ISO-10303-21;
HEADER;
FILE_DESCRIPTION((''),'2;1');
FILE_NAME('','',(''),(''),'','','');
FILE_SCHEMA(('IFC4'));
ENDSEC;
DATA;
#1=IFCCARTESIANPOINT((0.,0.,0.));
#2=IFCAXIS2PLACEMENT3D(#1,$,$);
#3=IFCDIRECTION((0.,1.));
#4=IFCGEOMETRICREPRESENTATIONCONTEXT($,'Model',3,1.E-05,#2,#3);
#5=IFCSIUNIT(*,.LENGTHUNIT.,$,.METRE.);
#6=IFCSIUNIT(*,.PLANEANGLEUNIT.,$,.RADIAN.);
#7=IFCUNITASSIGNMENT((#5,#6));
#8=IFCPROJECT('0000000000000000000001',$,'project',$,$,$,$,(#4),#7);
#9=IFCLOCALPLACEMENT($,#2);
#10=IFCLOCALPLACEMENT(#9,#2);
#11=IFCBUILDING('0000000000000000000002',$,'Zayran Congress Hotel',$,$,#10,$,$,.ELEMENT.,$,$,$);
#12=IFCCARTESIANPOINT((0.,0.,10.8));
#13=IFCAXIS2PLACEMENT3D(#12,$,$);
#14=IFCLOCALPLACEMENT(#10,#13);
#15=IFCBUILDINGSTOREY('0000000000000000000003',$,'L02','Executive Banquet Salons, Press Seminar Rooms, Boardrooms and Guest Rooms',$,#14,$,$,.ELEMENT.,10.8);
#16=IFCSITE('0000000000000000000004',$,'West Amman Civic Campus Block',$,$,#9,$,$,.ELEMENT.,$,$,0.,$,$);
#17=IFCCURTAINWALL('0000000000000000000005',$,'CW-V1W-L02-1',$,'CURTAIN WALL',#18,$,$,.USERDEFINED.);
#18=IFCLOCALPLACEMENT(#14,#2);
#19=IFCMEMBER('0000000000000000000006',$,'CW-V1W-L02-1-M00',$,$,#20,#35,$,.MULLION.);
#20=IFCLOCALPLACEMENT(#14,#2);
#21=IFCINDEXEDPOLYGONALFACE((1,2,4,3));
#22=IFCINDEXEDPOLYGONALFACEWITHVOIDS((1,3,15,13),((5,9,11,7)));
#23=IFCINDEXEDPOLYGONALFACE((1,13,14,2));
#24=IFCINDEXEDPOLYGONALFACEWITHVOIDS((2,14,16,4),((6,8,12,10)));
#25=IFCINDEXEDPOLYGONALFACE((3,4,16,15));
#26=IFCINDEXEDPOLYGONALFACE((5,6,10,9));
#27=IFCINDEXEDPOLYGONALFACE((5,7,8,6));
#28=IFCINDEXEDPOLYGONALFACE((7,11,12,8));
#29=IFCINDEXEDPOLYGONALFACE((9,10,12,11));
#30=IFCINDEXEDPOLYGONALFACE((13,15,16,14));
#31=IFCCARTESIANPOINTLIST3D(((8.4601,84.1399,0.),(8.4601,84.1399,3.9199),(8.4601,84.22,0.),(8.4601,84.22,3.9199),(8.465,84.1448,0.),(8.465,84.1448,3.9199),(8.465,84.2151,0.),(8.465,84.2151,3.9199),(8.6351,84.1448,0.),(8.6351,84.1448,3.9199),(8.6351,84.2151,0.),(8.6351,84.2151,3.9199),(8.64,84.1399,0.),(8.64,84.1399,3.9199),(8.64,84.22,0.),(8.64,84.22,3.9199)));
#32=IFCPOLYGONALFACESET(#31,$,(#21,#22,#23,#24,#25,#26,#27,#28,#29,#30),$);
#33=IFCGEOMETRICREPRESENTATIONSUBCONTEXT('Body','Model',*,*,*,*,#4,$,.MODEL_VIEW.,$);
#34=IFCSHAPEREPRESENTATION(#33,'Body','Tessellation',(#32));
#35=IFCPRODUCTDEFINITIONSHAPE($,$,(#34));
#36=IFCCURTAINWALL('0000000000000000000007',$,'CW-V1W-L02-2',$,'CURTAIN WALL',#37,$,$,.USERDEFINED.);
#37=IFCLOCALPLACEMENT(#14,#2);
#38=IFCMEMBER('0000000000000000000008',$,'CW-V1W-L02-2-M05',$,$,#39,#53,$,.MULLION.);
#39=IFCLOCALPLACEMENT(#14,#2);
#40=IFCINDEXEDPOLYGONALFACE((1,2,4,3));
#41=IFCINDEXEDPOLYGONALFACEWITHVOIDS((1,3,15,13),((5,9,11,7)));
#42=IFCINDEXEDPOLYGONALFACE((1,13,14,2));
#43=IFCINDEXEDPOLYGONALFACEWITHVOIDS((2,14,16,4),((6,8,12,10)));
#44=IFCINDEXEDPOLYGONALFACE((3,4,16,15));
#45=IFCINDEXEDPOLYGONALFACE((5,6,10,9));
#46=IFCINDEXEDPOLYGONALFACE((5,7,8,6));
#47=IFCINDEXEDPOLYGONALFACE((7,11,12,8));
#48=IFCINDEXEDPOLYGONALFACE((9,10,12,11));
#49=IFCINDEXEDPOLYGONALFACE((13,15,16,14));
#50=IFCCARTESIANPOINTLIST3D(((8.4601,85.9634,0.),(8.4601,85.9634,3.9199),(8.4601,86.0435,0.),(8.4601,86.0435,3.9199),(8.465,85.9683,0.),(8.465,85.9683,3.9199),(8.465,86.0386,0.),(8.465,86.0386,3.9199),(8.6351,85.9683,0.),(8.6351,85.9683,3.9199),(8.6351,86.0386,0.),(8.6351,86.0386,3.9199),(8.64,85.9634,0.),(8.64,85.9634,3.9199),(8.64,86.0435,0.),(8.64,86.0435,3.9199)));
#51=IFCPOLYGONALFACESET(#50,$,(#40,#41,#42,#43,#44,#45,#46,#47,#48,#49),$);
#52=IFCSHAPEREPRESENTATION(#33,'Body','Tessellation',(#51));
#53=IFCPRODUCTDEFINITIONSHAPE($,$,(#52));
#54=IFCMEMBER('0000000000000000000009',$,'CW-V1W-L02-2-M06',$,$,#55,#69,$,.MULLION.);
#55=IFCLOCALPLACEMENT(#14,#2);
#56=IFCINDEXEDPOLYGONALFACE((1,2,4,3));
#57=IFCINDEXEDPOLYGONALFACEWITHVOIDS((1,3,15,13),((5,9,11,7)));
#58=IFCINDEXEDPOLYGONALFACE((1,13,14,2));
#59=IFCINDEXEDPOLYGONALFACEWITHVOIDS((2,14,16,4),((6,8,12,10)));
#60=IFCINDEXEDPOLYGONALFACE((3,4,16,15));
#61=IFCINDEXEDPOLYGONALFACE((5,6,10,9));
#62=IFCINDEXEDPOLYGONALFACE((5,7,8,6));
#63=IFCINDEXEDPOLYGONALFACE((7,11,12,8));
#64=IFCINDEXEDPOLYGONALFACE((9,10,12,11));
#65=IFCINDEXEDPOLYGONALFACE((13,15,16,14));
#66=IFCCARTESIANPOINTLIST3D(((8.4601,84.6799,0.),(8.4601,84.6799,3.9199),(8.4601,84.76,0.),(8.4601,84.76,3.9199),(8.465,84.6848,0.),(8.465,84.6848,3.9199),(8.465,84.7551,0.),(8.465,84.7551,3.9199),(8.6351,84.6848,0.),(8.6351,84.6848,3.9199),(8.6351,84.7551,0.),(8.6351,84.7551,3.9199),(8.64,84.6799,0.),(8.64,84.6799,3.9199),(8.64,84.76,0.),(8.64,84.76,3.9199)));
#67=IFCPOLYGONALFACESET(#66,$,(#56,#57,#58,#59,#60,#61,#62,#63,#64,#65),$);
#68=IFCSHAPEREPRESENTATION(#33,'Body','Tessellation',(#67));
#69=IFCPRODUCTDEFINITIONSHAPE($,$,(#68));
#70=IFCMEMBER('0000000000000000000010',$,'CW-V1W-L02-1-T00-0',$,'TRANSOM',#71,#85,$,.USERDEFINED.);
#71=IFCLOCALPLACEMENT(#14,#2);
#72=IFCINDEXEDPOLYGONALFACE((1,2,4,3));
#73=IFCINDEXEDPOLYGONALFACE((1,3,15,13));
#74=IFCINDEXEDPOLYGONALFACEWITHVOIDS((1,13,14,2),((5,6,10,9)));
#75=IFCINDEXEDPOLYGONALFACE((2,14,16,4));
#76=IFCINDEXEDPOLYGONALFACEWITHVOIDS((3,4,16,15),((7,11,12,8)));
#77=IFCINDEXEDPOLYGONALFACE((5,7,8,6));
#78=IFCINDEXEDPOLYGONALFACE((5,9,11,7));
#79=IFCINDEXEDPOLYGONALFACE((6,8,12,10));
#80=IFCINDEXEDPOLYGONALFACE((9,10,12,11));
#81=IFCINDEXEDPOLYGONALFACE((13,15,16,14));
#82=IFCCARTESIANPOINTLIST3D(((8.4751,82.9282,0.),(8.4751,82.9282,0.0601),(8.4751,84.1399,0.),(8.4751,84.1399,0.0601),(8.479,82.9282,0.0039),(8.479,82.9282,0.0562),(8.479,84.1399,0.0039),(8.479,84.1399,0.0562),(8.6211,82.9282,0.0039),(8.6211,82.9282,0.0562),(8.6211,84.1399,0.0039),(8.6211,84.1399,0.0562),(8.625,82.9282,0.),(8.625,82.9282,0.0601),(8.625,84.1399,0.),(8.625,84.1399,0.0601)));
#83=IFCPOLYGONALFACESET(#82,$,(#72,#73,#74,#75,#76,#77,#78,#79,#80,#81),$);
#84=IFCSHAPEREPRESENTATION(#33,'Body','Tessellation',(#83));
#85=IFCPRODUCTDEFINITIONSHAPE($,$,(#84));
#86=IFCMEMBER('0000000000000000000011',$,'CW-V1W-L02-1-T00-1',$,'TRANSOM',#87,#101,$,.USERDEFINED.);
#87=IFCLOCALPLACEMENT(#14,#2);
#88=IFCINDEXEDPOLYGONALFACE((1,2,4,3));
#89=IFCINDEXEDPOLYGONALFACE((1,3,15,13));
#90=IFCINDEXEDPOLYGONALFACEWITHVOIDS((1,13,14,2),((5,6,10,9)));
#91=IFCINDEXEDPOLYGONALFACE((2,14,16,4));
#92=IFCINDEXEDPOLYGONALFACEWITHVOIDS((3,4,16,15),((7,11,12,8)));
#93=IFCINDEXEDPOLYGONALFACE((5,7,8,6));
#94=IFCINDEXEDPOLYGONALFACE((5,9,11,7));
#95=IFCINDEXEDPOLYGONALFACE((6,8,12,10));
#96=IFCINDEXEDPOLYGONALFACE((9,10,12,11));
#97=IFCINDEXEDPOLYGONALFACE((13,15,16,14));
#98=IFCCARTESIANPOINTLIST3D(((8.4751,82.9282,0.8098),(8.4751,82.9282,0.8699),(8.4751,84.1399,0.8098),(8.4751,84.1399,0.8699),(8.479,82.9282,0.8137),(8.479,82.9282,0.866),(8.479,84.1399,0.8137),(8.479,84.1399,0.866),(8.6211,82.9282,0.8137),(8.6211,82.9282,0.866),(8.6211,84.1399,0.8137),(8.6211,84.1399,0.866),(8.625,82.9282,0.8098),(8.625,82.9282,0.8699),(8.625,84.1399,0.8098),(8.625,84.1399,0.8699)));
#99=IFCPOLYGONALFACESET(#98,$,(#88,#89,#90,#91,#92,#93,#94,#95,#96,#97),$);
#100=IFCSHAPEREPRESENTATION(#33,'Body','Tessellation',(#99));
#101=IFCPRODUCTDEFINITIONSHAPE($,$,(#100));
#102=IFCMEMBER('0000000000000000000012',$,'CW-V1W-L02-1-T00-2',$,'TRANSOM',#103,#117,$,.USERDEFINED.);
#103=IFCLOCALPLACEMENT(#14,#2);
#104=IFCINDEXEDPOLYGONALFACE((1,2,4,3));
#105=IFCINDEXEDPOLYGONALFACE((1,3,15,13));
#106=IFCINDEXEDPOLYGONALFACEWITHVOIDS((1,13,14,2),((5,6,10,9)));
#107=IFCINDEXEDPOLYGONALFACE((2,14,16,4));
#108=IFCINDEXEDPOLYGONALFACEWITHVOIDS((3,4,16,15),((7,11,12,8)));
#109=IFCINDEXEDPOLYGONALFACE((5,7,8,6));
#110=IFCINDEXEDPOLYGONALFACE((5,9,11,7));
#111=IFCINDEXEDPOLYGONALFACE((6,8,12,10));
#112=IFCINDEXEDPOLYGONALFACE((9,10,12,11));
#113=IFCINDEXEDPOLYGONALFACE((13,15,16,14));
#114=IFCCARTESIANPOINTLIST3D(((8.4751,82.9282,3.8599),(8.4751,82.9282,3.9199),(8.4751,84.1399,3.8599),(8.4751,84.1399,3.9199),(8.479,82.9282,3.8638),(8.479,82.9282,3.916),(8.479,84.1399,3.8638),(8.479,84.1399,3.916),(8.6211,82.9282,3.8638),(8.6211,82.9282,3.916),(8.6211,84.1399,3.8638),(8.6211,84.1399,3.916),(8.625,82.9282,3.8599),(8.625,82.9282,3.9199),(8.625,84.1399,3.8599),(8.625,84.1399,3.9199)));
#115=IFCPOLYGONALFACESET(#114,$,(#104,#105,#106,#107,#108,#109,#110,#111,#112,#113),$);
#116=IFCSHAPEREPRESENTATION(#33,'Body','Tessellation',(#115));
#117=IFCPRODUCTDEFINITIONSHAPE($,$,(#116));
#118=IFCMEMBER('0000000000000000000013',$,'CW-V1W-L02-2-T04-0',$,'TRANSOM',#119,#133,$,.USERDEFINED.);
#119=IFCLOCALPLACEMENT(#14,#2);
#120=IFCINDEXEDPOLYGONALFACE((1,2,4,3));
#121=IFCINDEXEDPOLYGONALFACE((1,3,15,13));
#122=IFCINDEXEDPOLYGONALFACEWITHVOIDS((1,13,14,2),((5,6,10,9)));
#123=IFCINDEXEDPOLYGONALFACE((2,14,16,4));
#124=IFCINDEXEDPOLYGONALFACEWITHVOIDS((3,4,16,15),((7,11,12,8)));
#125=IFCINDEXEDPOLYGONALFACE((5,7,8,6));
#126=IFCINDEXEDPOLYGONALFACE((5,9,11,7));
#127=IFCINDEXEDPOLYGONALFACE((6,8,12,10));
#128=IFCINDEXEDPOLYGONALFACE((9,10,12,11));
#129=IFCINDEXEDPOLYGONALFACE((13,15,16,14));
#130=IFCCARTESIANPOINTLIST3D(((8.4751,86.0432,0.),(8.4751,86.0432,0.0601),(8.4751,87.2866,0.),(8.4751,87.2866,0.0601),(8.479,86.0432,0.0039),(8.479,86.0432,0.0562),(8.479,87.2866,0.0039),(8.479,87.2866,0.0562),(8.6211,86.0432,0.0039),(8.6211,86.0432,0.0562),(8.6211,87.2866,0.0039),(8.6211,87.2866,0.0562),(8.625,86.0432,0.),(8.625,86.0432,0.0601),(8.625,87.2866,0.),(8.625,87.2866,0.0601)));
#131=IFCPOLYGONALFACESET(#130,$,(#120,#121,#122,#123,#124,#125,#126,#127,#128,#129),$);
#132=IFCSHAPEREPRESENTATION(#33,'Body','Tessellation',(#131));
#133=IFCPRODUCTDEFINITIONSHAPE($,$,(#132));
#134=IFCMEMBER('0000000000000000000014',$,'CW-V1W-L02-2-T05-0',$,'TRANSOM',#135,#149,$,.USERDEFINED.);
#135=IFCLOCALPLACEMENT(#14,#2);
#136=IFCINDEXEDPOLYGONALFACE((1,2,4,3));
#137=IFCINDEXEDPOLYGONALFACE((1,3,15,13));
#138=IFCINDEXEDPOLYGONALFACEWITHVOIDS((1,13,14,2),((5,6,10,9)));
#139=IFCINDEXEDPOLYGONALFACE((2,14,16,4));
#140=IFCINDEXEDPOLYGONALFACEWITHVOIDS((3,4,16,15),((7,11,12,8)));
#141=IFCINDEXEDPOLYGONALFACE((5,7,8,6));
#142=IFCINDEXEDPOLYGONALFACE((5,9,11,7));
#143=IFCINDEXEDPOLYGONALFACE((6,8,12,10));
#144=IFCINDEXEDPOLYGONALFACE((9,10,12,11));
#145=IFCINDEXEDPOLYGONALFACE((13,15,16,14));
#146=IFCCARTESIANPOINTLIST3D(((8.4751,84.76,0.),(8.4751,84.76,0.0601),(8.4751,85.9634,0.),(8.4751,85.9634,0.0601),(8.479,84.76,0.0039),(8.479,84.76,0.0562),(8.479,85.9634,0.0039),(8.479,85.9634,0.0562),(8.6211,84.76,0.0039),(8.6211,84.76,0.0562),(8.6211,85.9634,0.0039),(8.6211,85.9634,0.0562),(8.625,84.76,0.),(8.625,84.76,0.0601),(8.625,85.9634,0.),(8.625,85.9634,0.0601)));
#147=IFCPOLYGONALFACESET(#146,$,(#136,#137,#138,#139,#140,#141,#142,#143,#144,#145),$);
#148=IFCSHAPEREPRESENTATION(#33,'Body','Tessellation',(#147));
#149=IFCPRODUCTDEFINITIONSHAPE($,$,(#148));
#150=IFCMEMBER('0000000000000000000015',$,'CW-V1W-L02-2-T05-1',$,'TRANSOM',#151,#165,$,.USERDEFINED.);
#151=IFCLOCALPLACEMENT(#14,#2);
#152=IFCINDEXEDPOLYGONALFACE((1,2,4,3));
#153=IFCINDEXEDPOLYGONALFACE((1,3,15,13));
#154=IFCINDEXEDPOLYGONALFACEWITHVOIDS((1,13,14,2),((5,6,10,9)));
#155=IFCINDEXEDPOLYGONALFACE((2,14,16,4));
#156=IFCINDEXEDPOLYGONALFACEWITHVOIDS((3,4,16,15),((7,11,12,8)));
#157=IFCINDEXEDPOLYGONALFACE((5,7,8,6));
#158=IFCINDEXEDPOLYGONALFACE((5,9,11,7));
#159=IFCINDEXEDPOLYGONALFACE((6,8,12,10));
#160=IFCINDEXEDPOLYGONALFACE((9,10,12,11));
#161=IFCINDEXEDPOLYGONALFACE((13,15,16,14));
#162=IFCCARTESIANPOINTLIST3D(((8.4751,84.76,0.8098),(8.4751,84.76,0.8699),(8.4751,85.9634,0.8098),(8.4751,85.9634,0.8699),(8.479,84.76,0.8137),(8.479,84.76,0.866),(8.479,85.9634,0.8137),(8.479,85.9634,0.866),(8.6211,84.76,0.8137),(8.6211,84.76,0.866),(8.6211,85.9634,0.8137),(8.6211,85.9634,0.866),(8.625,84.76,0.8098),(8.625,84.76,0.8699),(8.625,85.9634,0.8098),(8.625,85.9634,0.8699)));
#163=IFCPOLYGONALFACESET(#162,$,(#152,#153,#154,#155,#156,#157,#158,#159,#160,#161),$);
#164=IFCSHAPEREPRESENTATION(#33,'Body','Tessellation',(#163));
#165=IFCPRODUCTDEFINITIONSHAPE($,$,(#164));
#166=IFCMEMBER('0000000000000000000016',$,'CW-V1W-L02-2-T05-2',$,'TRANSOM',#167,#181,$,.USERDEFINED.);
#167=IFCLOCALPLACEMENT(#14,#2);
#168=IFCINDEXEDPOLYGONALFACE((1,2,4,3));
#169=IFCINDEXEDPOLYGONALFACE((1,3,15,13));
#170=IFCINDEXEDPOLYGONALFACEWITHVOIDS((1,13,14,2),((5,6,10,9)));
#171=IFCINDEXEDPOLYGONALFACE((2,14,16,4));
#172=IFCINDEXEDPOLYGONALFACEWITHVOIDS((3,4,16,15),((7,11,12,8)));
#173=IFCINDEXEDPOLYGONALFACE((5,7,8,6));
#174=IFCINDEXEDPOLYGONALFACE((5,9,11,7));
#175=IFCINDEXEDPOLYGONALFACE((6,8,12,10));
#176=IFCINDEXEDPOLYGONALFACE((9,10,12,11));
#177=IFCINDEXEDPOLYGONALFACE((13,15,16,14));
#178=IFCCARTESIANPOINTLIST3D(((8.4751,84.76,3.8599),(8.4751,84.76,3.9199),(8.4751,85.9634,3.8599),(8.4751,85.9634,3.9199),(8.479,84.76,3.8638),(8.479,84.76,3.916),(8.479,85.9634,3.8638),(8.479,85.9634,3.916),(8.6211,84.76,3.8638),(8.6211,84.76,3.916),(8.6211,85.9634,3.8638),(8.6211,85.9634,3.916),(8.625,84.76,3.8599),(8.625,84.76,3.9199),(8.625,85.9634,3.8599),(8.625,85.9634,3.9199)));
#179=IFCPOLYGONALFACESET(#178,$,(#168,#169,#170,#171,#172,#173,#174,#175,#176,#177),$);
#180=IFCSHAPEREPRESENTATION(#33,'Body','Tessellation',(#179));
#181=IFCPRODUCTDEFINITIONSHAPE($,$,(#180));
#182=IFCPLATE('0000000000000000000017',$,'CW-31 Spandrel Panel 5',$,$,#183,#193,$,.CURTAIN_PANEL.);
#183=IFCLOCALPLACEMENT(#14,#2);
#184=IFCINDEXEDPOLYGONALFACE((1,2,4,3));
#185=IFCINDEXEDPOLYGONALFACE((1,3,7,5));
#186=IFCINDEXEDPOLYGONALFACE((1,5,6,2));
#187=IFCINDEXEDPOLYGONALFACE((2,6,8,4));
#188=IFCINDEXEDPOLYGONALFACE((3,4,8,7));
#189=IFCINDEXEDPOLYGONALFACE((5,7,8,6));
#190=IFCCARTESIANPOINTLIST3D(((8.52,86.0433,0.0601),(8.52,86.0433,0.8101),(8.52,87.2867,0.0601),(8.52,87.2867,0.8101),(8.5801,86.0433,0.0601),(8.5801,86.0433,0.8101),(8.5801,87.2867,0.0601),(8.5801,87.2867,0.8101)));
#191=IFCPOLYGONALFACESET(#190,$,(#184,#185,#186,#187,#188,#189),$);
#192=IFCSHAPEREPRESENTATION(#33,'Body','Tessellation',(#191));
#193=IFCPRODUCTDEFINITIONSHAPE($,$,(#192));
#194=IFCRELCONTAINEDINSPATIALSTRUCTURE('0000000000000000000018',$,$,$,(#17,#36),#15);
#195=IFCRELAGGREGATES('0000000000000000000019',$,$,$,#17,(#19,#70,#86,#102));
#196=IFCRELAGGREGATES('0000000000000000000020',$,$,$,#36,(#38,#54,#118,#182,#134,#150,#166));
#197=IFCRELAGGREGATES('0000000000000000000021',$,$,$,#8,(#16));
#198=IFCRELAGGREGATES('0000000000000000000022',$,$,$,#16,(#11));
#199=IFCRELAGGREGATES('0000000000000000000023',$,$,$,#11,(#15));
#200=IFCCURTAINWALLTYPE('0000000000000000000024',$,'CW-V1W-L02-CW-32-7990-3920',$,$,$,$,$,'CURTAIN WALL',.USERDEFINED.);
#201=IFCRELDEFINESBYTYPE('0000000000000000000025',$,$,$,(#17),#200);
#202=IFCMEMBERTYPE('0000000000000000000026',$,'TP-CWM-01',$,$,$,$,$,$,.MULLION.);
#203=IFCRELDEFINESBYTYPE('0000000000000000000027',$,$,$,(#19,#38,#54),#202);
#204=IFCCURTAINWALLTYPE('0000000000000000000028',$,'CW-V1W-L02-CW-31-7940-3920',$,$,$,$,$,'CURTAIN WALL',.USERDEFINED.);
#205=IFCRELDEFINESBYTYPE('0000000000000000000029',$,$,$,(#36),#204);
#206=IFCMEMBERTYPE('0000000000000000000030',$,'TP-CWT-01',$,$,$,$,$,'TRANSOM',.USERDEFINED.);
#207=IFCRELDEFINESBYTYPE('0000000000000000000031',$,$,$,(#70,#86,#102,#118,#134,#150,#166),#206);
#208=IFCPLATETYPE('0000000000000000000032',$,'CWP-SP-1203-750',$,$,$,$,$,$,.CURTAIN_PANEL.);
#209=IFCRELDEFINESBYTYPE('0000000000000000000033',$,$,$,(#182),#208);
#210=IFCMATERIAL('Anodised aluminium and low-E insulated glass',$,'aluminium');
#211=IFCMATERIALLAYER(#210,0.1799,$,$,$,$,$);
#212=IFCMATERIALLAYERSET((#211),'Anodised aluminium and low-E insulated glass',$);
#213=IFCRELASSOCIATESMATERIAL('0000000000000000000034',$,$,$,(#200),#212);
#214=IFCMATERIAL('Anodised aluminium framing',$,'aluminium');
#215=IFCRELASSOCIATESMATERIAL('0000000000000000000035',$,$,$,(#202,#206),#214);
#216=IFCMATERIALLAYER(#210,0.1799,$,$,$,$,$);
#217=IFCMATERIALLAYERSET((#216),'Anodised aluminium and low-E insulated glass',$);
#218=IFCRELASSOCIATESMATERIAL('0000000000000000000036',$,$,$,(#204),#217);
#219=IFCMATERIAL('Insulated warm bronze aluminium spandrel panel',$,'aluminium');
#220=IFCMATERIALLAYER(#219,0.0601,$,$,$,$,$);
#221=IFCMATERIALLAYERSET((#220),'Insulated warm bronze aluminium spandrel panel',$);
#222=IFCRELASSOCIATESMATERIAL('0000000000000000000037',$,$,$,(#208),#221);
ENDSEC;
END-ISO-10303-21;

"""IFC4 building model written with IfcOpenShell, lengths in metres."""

from ifc_helpers import new_model, si_unit, direction, frame, origin, origin_2d, place, context, subcontext, project, spatial, rectangle, hollow_rectangle, extrude, material, layer, layer_set, material_profile, profile_set, type_object, element, aggregate, save


model = new_model("IFC4")

# Units and contexts
model_context = context("Model", 3, precision=1e-05, world=origin(), true_north=direction((0.0, 1.0)))
body_context = subcontext(model_context, "Body", "Model", "MODEL_VIEW")
ifc_project = project(units=[si_unit("LENGTHUNIT", "METRE"), si_unit("PLANEANGLEUNIT", "RADIAN")], contexts=[model_context])

# Site, building, storey
site_placement = place(None, origin())
site = spatial("IfcSite", under=ifc_project, at=site_placement, Name="West Amman Civic Campus Block", CompositionType="ELEMENT", RefElevation=0.0)
building_placement = place(site_placement, origin())
building = spatial("IfcBuilding", under=site, at=building_placement, Name="Zayran Congress Hotel", CompositionType="ELEMENT")
storey_placement = place(building_placement, frame((0.0, 0.0, 10.8)))
storey = spatial("IfcBuildingStorey", under=building, at=storey_placement, Name="L02", Description="Executive Banquet Salons, Press Seminar Rooms, Boardrooms and Guest Rooms", CompositionType="ELEMENT", Elevation=10.8)

# Curtain wall, member
ifc_material_1 = material(Name="Anodised aluminium and low-E insulated glass", Category="aluminium")
ifc_layer_1 = layer(ifc_material_1, 0.1799)
ifc_layer_set_1 = layer_set([ifc_layer_1], Name="Anodised aluminium and low-E insulated glass")
curtain_wall_type_1 = type_object("IfcCurtainWallType", Name="CW-V1W-L02-CW-32-7990-3920", ElementType="CURTAIN WALL", PredefinedType="USERDEFINED", material=ifc_layer_set_1)
curtain_wall_1_placement = place(storey_placement, origin())
curtain_wall_1 = element("IfcCurtainWall", 1, at=curtain_wall_1_placement, inside=storey, type_object=curtain_wall_type_1, Name="CW-V1W-L02-1", ObjectType="CURTAIN WALL", PredefinedType="USERDEFINED")
ifc_material_2 = material(Name="Anodised aluminium framing", Category="aluminium")
ifc_material_profile_1 = material_profile(ifc_material_2, hollow_rectangle(XDim=0.0801, YDim=0.1799, WallThickness=0.0049, at=origin_2d()), Name="RHS 180x80x5")
ifc_profile_set_1 = profile_set([ifc_material_profile_1], Name="Anodised aluminium framing")
member_type_1 = type_object("IfcMemberType", Name="TP-CWM-01", PredefinedType="MULLION", material=ifc_profile_set_1)
member_1_placement = place(storey_placement, frame((8.55, 84.1799, 0.0), z_axis=(0.0, 0.0, 1.0), x_axis=(0.0, 1.0, 0.0)))
member_1 = element("IfcMember", 2, at=member_1_placement, type_object=member_type_1, Name="CW-V1W-L02-1-M00", PredefinedType="MULLION", context=body_context, shape_type="SweptSolid", body=[
    extrude(hollow_rectangle(XDim=0.0801, YDim=0.1799, WallThickness=0.0049, at=origin_2d()), origin(), (0.0, 0.0, 1.0), 3.9199),
])

# Curtain wall, members
ifc_layer_2 = layer(ifc_material_1, 0.1799)
ifc_layer_set_2 = layer_set([ifc_layer_2], Name="Anodised aluminium and low-E insulated glass")
curtain_wall_type_2 = type_object("IfcCurtainWallType", Name="CW-V1W-L02-CW-31-7940-3920", ElementType="CURTAIN WALL", PredefinedType="USERDEFINED", material=ifc_layer_set_2)
curtain_wall_2_placement = place(storey_placement, origin())
curtain_wall_2 = element("IfcCurtainWall", 3, at=curtain_wall_2_placement, inside=storey, type_object=curtain_wall_type_2, Name="CW-V1W-L02-2", ObjectType="CURTAIN WALL", PredefinedType="USERDEFINED")
member_2_placement = place(storey_placement, frame((8.55, 86.0034, 0.0), z_axis=(0.0, 0.0, 1.0), x_axis=(0.0, 1.0, 0.0)))
member_2 = element("IfcMember", 4, at=member_2_placement, type_object=member_type_1, Name="CW-V1W-L02-2-M05", PredefinedType="MULLION", context=body_context, shape_type="SweptSolid", body=[
    extrude(hollow_rectangle(XDim=0.0801, YDim=0.1799, WallThickness=0.0049, at=origin_2d()), origin(), (0.0, 0.0, 1.0), 3.9199),
])
member_3_placement = place(storey_placement, frame((8.55, 84.72, 0.0), z_axis=(0.0, 0.0, 1.0), x_axis=(0.0, 1.0, 0.0)))
member_3 = element("IfcMember", 5, at=member_3_placement, type_object=member_type_1, Name="CW-V1W-L02-2-M06", PredefinedType="MULLION", context=body_context, shape_type="SweptSolid", body=[
    extrude(hollow_rectangle(XDim=0.0801, YDim=0.1799, WallThickness=0.0049, at=origin_2d()), origin(), (0.0, 0.0, 1.0), 3.9199),
])

# Members
ifc_material_profile_2 = material_profile(ifc_material_2, hollow_rectangle(XDim=0.0601, YDim=0.1499, WallThickness=0.0039, at=origin_2d()), Name="RHS 150x60x4")
ifc_profile_set_2 = profile_set([ifc_material_profile_2], Name="Anodised aluminium framing")
member_type_2 = type_object("IfcMemberType", Name="TP-CWT-01", ElementType="TRANSOM", PredefinedType="USERDEFINED", material=ifc_profile_set_2)
member_4_placement = place(storey_placement, frame((8.55, 84.1399, 0.03), z_axis=(0.0, -1.0, 0.0), x_axis=(0.0, 0.0, 1.0)))
member_4 = element("IfcMember", 6, at=member_4_placement, type_object=member_type_2, Name="CW-V1W-L02-1-T00-0", ObjectType="TRANSOM", PredefinedType="USERDEFINED", context=body_context, shape_type="SweptSolid", body=[
    extrude(hollow_rectangle(XDim=0.0601, YDim=0.1499, WallThickness=0.0039, at=origin_2d()), origin(), (0.0, 0.0, 1.0), 1.2117),
])
member_5_placement = place(storey_placement, frame((8.55, 84.1399, 0.8398), z_axis=(0.0, -1.0, 0.0), x_axis=(0.0, 0.0, 1.0)))
member_5 = element("IfcMember", 7, at=member_5_placement, type_object=member_type_2, Name="CW-V1W-L02-1-T00-1", ObjectType="TRANSOM", PredefinedType="USERDEFINED", context=body_context, shape_type="SweptSolid", body=[
    extrude(hollow_rectangle(XDim=0.0601, YDim=0.1499, WallThickness=0.0039, at=origin_2d()), origin(), (0.0, 0.0, 1.0), 1.2117),
])
member_6_placement = place(storey_placement, frame((8.55, 84.1399, 3.8899), z_axis=(0.0, -1.0, 0.0), x_axis=(0.0, 0.0, 1.0)))
member_6 = element("IfcMember", 8, at=member_6_placement, type_object=member_type_2, Name="CW-V1W-L02-1-T00-2", ObjectType="TRANSOM", PredefinedType="USERDEFINED", context=body_context, shape_type="SweptSolid", body=[
    extrude(hollow_rectangle(XDim=0.0601, YDim=0.1499, WallThickness=0.0039, at=origin_2d()), origin(), (0.0, 0.0, 1.0), 1.2117),
])
aggregate(curtain_wall_1, [member_1, member_4, member_5, member_6])
member_7_placement = place(storey_placement, frame((8.55, 87.2866, 0.03), z_axis=(0.0, -1.0, 0.0), x_axis=(0.0, 0.0, 1.0)))
member_7 = element("IfcMember", 9, at=member_7_placement, type_object=member_type_2, Name="CW-V1W-L02-2-T04-0", ObjectType="TRANSOM", PredefinedType="USERDEFINED", context=body_context, shape_type="SweptSolid", body=[
    extrude(hollow_rectangle(XDim=0.0601, YDim=0.1499, WallThickness=0.0039, at=origin_2d()), origin(), (0.0, 0.0, 1.0), 1.2434),
])
member_8_placement = place(storey_placement, frame((8.55, 85.9634, 0.03), z_axis=(0.0, -1.0, 0.0), x_axis=(0.0, 0.0, 1.0)))
member_8 = element("IfcMember", 10, at=member_8_placement, type_object=member_type_2, Name="CW-V1W-L02-2-T05-0", ObjectType="TRANSOM", PredefinedType="USERDEFINED", context=body_context, shape_type="SweptSolid", body=[
    extrude(hollow_rectangle(XDim=0.0601, YDim=0.1499, WallThickness=0.0039, at=origin_2d()), origin(), (0.0, 0.0, 1.0), 1.2034),
])
member_9_placement = place(storey_placement, frame((8.55, 85.9634, 0.8398), z_axis=(0.0, -1.0, 0.0), x_axis=(0.0, 0.0, 1.0)))
member_9 = element("IfcMember", 11, at=member_9_placement, type_object=member_type_2, Name="CW-V1W-L02-2-T05-1", ObjectType="TRANSOM", PredefinedType="USERDEFINED", context=body_context, shape_type="SweptSolid", body=[
    extrude(hollow_rectangle(XDim=0.0601, YDim=0.1499, WallThickness=0.0039, at=origin_2d()), origin(), (0.0, 0.0, 1.0), 1.2034),
])
member_10_placement = place(storey_placement, frame((8.55, 85.9634, 3.8899), z_axis=(0.0, -1.0, 0.0), x_axis=(0.0, 0.0, 1.0)))
member_10 = element("IfcMember", 12, at=member_10_placement, type_object=member_type_2, Name="CW-V1W-L02-2-T05-2", ObjectType="TRANSOM", PredefinedType="USERDEFINED", context=body_context, shape_type="SweptSolid", body=[
    extrude(hollow_rectangle(XDim=0.0601, YDim=0.1499, WallThickness=0.0039, at=origin_2d()), origin(), (0.0, 0.0, 1.0), 1.2034),
])

# Plate
ifc_material_3 = material(Name="Insulated warm bronze aluminium spandrel panel", Category="aluminium")
ifc_layer_3 = layer(ifc_material_3, 0.0601)
ifc_layer_set_3 = layer_set([ifc_layer_3], Name="Insulated warm bronze aluminium spandrel panel")
plate_type_1 = type_object("IfcPlateType", Name="CWP-SP-1203-750", PredefinedType="CURTAIN_PANEL", material=ifc_layer_set_3)
plate_1_placement = place(storey_placement, frame((8.55, 86.665, 0.0601), z_axis=(0.0, 0.0, 1.0), x_axis=(0.0, 1.0, 0.0)))
plate_1 = element("IfcPlate", 13, at=plate_1_placement, type_object=plate_type_1, Name="CW-31 Spandrel Panel 5", PredefinedType="CURTAIN_PANEL", context=body_context, shape_type="SweptSolid", body=[
    extrude(rectangle(XDim=1.2434, YDim=0.0601, at=origin_2d()), origin(), (0.0, 0.0, 1.0), 0.75),
])
aggregate(curtain_wall_2, [member_2, member_3, member_7, plate_1, member_8, member_9, member_10])

save(model, "model.ifc")
